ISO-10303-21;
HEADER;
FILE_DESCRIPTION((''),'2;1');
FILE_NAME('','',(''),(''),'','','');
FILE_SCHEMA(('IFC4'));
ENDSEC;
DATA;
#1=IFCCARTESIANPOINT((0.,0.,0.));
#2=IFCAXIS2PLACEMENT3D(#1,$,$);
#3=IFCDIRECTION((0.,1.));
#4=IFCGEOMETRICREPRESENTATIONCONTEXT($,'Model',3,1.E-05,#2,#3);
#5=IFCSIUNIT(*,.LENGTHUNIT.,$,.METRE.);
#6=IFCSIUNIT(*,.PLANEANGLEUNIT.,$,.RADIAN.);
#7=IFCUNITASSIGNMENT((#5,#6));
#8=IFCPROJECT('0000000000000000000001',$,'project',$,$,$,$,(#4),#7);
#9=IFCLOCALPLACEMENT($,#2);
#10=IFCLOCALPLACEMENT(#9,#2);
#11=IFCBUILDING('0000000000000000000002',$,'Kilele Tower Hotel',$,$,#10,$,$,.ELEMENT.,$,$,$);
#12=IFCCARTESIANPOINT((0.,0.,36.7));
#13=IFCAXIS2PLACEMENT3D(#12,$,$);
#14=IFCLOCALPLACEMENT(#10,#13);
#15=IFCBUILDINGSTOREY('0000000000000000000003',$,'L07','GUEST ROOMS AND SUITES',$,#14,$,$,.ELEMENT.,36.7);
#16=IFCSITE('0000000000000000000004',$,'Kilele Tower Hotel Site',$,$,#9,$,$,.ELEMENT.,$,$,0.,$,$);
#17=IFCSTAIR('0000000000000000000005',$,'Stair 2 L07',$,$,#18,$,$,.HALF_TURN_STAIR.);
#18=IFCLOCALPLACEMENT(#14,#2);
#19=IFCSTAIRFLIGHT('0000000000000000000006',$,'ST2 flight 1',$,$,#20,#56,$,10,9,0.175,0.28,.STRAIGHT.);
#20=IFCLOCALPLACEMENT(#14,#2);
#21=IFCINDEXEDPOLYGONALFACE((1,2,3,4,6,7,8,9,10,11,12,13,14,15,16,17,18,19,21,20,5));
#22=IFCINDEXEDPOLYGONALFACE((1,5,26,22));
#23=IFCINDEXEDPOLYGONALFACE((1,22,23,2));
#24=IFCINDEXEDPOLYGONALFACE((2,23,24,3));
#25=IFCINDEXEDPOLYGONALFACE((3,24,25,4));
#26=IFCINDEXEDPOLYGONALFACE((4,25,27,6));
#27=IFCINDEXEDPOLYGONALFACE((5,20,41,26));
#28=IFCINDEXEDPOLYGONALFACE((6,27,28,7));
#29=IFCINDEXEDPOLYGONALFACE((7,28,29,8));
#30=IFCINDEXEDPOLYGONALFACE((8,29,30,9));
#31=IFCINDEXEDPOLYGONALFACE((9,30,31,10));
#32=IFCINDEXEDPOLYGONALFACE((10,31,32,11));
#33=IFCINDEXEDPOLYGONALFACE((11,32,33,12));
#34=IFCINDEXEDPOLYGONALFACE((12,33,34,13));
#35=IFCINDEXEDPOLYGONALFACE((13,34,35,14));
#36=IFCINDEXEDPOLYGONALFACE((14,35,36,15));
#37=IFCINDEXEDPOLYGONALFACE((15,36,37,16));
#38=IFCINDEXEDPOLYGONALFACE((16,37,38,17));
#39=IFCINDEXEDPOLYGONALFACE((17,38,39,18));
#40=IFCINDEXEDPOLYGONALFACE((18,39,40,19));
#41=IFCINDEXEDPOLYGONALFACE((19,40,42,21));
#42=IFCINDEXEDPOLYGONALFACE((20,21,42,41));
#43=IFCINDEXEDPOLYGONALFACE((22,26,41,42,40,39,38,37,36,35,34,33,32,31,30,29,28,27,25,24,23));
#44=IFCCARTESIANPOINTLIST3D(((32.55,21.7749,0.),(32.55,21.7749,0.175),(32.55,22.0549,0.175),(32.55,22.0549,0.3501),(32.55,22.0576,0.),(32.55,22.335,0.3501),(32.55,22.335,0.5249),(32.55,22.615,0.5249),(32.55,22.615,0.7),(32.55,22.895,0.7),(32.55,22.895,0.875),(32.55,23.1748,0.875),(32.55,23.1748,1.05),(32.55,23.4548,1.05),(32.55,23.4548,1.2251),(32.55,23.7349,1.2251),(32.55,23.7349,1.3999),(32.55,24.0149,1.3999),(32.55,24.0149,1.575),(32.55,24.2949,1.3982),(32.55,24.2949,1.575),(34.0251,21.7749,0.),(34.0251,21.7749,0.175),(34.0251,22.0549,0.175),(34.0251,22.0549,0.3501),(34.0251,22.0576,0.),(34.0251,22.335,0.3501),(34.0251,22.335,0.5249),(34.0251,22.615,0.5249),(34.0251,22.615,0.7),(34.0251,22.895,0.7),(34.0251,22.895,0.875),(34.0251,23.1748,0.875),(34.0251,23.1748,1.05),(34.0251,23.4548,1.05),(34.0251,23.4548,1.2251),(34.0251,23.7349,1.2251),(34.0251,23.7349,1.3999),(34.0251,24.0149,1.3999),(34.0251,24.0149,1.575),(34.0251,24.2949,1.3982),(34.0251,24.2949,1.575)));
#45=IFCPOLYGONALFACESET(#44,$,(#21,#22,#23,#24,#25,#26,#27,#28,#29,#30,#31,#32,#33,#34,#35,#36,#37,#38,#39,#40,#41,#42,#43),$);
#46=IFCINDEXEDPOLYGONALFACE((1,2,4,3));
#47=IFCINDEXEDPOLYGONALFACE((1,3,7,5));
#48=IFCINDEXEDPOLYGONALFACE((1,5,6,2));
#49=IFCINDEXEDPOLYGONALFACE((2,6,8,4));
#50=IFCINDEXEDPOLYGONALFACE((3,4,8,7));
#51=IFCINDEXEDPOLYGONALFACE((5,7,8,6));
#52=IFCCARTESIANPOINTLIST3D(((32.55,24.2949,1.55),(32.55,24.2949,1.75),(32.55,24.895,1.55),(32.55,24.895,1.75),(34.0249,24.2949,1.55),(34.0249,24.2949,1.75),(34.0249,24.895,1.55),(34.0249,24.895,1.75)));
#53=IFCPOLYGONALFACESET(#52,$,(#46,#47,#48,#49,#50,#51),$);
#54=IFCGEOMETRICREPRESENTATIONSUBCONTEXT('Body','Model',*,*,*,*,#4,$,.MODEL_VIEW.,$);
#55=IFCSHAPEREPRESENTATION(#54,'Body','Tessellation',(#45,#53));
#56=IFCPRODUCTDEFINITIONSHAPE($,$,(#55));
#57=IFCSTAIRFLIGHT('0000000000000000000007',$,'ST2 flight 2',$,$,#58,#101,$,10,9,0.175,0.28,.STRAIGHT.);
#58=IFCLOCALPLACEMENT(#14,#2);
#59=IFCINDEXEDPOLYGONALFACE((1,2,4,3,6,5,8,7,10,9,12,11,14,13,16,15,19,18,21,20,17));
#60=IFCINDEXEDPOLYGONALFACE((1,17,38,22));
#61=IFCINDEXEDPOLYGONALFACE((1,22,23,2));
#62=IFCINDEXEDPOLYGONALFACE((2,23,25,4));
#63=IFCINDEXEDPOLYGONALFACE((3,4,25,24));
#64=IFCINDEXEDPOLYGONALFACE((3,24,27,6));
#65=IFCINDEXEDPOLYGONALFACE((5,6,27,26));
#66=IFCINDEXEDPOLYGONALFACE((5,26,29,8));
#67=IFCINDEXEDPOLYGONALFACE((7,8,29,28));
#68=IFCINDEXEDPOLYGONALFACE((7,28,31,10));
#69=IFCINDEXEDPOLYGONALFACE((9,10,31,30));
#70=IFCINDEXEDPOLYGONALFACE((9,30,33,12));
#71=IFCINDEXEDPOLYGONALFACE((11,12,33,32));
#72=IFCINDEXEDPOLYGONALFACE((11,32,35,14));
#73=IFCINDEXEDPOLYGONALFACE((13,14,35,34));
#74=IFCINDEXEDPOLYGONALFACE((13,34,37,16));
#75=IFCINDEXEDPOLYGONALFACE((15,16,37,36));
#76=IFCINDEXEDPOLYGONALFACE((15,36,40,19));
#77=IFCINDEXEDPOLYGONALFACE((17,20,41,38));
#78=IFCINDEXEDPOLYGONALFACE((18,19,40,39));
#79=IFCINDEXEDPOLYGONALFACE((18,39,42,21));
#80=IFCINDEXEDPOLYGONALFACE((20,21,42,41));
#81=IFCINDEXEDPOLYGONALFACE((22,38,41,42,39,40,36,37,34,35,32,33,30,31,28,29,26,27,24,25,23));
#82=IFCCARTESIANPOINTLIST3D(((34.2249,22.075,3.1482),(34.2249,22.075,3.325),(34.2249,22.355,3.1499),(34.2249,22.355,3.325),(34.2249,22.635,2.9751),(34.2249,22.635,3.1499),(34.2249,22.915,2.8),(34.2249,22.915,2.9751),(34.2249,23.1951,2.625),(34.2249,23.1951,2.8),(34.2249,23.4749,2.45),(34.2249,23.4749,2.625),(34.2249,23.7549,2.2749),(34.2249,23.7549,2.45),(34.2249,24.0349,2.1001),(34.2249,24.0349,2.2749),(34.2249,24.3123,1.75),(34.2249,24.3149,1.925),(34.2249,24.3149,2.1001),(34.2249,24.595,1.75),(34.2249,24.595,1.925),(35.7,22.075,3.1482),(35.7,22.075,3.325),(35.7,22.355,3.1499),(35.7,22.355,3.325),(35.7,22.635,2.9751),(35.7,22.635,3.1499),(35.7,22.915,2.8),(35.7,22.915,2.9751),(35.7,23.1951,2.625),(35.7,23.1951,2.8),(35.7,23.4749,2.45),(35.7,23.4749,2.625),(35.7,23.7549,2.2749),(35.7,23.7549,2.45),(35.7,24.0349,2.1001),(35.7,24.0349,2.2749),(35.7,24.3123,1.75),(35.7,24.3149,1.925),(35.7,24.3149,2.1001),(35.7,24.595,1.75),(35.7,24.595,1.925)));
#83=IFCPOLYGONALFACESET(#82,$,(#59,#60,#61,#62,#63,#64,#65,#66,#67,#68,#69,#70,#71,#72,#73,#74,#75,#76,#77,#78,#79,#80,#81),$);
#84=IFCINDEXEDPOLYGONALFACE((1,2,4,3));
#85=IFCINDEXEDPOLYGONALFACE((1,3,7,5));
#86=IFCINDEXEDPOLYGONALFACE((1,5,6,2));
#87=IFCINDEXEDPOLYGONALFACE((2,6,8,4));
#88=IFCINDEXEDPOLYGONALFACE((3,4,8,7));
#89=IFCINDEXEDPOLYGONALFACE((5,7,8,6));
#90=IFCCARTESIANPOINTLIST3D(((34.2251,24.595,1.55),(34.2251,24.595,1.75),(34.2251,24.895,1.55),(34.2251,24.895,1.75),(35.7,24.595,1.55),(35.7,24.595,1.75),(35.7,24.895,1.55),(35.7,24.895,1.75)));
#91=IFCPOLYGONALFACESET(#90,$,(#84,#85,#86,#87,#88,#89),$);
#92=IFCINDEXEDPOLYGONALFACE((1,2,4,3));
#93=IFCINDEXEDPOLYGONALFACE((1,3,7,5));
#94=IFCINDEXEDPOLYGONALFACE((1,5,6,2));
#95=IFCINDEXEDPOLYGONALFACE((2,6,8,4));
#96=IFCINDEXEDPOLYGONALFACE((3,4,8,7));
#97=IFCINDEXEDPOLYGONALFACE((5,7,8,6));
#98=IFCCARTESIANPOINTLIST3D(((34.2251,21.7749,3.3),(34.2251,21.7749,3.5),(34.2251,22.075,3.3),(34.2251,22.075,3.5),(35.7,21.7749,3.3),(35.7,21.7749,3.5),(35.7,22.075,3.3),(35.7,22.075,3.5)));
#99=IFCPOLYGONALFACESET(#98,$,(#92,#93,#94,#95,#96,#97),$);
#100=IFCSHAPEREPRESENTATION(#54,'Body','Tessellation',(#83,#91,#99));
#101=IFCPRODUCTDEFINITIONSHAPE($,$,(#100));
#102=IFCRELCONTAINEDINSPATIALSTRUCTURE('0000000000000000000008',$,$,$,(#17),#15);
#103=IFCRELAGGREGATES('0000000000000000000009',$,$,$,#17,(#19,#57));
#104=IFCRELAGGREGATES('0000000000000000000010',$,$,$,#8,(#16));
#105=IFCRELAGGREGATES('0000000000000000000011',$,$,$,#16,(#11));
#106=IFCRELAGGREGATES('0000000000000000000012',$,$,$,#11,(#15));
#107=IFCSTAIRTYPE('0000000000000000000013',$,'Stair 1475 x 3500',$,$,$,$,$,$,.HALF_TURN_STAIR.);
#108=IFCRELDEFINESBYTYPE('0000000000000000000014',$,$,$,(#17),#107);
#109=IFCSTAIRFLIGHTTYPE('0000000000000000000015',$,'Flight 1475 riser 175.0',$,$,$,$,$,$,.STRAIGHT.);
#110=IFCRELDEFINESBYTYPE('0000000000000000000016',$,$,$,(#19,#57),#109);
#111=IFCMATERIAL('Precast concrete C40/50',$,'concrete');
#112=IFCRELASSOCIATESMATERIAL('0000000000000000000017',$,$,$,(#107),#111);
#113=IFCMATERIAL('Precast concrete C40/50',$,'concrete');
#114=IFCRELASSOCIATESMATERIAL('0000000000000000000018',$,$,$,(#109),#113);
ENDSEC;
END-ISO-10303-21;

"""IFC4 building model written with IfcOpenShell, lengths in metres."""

from ifc_helpers import new_model, si_unit, direction, frame, origin, place, context, subcontext, project, spatial, polyline, outline, extrude, material, type_object, element, aggregate, save


model = new_model("IFC4")

# Units and contexts
model_context = context("Model", 3, precision=1e-05, world=origin(), true_north=direction((0.0, 1.0)))
body_context = subcontext(model_context, "Body", "Model", "MODEL_VIEW")
ifc_project = project(units=[si_unit("LENGTHUNIT", "METRE"), si_unit("PLANEANGLEUNIT", "RADIAN")], contexts=[model_context])

# Site, building, storey
site_placement = place(None, origin())
site = spatial("IfcSite", under=ifc_project, at=site_placement, Name="Kilele Tower Hotel Site", CompositionType="ELEMENT", RefElevation=0.0)
building_placement = place(site_placement, origin())
building = spatial("IfcBuilding", under=site, at=building_placement, Name="Kilele Tower Hotel", CompositionType="ELEMENT")
storey_placement = place(building_placement, frame((0.0, 0.0, 36.7)))
storey = spatial("IfcBuildingStorey", under=building, at=storey_placement, Name="L07", Description="GUEST ROOMS AND SUITES", CompositionType="ELEMENT", Elevation=36.7)

# Stair, stair flights
ifc_material_1 = material(Name="Precast concrete C40/50", Category="concrete")
stair_type = type_object("IfcStairType", Name="Stair 1475 x 3500", PredefinedType="HALF_TURN_STAIR", material=ifc_material_1)
stair_placement = place(storey_placement, origin())
stair = element("IfcStair", 1, at=stair_placement, inside=storey, type_object=stair_type, Name="Stair 2 L07", PredefinedType="HALF_TURN_STAIR")
ifc_material_2 = material(Name="Precast concrete C40/50", Category="concrete")
stair_flight_type = type_object("IfcStairFlightType", Name="Flight 1475 riser 175.0", PredefinedType="STRAIGHT", material=ifc_material_2)
stair_flight_1_placement = place(storey_placement, frame((33.2876, 21.7749, 0.0), z_axis=(0.0, 0.0, 1.0), x_axis=(0.0, 1.0, 0.0)))
stair_flight_1 = element("IfcStairFlight", 2, at=stair_flight_1_placement, type_object=stair_flight_type, Name="ST2 flight 1", NumberOfRisers=10, NumberOfTreads=9, PredefinedType="STRAIGHT", RiserHeight=0.175, TreadLength=0.28, context=body_context, shape_type="SweptSolid", body=[
    extrude(outline(polyline([(0.0, 0.0), (0.0, 0.175), (0.28, 0.175), (0.28, 0.3501), (0.5601, 0.3501), (0.5601, 0.5249), (0.8401, 0.5249), (0.8401, 0.7), (1.1201, 0.7), (1.1201, 0.875), (1.3999, 0.875), (1.3999, 1.05), (1.6799, 1.05), (1.6799, 1.2251), (1.96, 1.2251), (1.96, 1.3999), (2.24, 1.3999), (2.24, 1.575), (2.52, 1.575), (2.52, 1.75), (2.52, 1.3982), (0.2827, 0.0), (0.0, 0.0)])), frame((0.0, 0.7375, 0.0), z_axis=(0.0, -1.0, 0.0), x_axis=(1.0, 0.0, 0.0)), (0.0, 0.0, 1.0), 1.4751),
    extrude(outline(polyline([(2.52, 0.7375), (2.52, -0.7373), (3.1201, -0.7373), (3.1201, 0.7375), (2.52, 0.7375)])), frame((0.0, 0.0, 1.55)), (0.0, 0.0, 1.0), 0.2),
])
stair_flight_2_placement = place(storey_placement, frame((34.9624, 24.595, 1.75), z_axis=(0.0, 0.0, 1.0), x_axis=(0.0, -1.0, 0.0)))
stair_flight_2 = element("IfcStairFlight", 3, at=stair_flight_2_placement, type_object=stair_flight_type, Name="ST2 flight 2", NumberOfRisers=10, NumberOfTreads=9, PredefinedType="STRAIGHT", RiserHeight=0.175, TreadLength=0.28, context=body_context, shape_type="SweptSolid", body=[
    extrude(outline(polyline([(0.0, 0.0), (0.0, 0.175), (0.28, 0.175), (0.28, 0.3501), (0.5601, 0.3501), (0.5601, 0.5249), (0.8401, 0.5249), (0.8401, 0.7), (1.1201, 0.7), (1.1201, 0.875), (1.3999, 0.875), (1.3999, 1.05), (1.6799, 1.05), (1.6799, 1.2251), (1.96, 1.2251), (1.96, 1.3999), (2.24, 1.3999), (2.24, 1.575), (2.52, 1.575), (2.52, 1.75), (2.52, 1.3982), (0.2827, 0.0), (0.0, 0.0)])), frame((0.0, 0.7375, 0.0), z_axis=(0.0, -1.0, 0.0), x_axis=(1.0, 0.0, 0.0)), (0.0, 0.0, 1.0), 1.4751),
    extrude(outline(polyline([(0.0, -0.7373), (0.0, 0.7375), (-0.3, 0.7375), (-0.3, -0.7373), (0.0, -0.7373)])), frame((0.0, 0.0, -0.2)), (0.0, 0.0, 1.0), 0.2),
    extrude(outline(polyline([(2.8201, -0.7373), (2.8201, 0.7375), (2.52, 0.7375), (2.52, -0.7373), (2.8201, -0.7373)])), frame((0.0, 0.0, 1.55)), (0.0, 0.0, 1.0), 0.2),
])
aggregate(stair, [stair_flight_1, stair_flight_2])

save(model, "model.ifc")
